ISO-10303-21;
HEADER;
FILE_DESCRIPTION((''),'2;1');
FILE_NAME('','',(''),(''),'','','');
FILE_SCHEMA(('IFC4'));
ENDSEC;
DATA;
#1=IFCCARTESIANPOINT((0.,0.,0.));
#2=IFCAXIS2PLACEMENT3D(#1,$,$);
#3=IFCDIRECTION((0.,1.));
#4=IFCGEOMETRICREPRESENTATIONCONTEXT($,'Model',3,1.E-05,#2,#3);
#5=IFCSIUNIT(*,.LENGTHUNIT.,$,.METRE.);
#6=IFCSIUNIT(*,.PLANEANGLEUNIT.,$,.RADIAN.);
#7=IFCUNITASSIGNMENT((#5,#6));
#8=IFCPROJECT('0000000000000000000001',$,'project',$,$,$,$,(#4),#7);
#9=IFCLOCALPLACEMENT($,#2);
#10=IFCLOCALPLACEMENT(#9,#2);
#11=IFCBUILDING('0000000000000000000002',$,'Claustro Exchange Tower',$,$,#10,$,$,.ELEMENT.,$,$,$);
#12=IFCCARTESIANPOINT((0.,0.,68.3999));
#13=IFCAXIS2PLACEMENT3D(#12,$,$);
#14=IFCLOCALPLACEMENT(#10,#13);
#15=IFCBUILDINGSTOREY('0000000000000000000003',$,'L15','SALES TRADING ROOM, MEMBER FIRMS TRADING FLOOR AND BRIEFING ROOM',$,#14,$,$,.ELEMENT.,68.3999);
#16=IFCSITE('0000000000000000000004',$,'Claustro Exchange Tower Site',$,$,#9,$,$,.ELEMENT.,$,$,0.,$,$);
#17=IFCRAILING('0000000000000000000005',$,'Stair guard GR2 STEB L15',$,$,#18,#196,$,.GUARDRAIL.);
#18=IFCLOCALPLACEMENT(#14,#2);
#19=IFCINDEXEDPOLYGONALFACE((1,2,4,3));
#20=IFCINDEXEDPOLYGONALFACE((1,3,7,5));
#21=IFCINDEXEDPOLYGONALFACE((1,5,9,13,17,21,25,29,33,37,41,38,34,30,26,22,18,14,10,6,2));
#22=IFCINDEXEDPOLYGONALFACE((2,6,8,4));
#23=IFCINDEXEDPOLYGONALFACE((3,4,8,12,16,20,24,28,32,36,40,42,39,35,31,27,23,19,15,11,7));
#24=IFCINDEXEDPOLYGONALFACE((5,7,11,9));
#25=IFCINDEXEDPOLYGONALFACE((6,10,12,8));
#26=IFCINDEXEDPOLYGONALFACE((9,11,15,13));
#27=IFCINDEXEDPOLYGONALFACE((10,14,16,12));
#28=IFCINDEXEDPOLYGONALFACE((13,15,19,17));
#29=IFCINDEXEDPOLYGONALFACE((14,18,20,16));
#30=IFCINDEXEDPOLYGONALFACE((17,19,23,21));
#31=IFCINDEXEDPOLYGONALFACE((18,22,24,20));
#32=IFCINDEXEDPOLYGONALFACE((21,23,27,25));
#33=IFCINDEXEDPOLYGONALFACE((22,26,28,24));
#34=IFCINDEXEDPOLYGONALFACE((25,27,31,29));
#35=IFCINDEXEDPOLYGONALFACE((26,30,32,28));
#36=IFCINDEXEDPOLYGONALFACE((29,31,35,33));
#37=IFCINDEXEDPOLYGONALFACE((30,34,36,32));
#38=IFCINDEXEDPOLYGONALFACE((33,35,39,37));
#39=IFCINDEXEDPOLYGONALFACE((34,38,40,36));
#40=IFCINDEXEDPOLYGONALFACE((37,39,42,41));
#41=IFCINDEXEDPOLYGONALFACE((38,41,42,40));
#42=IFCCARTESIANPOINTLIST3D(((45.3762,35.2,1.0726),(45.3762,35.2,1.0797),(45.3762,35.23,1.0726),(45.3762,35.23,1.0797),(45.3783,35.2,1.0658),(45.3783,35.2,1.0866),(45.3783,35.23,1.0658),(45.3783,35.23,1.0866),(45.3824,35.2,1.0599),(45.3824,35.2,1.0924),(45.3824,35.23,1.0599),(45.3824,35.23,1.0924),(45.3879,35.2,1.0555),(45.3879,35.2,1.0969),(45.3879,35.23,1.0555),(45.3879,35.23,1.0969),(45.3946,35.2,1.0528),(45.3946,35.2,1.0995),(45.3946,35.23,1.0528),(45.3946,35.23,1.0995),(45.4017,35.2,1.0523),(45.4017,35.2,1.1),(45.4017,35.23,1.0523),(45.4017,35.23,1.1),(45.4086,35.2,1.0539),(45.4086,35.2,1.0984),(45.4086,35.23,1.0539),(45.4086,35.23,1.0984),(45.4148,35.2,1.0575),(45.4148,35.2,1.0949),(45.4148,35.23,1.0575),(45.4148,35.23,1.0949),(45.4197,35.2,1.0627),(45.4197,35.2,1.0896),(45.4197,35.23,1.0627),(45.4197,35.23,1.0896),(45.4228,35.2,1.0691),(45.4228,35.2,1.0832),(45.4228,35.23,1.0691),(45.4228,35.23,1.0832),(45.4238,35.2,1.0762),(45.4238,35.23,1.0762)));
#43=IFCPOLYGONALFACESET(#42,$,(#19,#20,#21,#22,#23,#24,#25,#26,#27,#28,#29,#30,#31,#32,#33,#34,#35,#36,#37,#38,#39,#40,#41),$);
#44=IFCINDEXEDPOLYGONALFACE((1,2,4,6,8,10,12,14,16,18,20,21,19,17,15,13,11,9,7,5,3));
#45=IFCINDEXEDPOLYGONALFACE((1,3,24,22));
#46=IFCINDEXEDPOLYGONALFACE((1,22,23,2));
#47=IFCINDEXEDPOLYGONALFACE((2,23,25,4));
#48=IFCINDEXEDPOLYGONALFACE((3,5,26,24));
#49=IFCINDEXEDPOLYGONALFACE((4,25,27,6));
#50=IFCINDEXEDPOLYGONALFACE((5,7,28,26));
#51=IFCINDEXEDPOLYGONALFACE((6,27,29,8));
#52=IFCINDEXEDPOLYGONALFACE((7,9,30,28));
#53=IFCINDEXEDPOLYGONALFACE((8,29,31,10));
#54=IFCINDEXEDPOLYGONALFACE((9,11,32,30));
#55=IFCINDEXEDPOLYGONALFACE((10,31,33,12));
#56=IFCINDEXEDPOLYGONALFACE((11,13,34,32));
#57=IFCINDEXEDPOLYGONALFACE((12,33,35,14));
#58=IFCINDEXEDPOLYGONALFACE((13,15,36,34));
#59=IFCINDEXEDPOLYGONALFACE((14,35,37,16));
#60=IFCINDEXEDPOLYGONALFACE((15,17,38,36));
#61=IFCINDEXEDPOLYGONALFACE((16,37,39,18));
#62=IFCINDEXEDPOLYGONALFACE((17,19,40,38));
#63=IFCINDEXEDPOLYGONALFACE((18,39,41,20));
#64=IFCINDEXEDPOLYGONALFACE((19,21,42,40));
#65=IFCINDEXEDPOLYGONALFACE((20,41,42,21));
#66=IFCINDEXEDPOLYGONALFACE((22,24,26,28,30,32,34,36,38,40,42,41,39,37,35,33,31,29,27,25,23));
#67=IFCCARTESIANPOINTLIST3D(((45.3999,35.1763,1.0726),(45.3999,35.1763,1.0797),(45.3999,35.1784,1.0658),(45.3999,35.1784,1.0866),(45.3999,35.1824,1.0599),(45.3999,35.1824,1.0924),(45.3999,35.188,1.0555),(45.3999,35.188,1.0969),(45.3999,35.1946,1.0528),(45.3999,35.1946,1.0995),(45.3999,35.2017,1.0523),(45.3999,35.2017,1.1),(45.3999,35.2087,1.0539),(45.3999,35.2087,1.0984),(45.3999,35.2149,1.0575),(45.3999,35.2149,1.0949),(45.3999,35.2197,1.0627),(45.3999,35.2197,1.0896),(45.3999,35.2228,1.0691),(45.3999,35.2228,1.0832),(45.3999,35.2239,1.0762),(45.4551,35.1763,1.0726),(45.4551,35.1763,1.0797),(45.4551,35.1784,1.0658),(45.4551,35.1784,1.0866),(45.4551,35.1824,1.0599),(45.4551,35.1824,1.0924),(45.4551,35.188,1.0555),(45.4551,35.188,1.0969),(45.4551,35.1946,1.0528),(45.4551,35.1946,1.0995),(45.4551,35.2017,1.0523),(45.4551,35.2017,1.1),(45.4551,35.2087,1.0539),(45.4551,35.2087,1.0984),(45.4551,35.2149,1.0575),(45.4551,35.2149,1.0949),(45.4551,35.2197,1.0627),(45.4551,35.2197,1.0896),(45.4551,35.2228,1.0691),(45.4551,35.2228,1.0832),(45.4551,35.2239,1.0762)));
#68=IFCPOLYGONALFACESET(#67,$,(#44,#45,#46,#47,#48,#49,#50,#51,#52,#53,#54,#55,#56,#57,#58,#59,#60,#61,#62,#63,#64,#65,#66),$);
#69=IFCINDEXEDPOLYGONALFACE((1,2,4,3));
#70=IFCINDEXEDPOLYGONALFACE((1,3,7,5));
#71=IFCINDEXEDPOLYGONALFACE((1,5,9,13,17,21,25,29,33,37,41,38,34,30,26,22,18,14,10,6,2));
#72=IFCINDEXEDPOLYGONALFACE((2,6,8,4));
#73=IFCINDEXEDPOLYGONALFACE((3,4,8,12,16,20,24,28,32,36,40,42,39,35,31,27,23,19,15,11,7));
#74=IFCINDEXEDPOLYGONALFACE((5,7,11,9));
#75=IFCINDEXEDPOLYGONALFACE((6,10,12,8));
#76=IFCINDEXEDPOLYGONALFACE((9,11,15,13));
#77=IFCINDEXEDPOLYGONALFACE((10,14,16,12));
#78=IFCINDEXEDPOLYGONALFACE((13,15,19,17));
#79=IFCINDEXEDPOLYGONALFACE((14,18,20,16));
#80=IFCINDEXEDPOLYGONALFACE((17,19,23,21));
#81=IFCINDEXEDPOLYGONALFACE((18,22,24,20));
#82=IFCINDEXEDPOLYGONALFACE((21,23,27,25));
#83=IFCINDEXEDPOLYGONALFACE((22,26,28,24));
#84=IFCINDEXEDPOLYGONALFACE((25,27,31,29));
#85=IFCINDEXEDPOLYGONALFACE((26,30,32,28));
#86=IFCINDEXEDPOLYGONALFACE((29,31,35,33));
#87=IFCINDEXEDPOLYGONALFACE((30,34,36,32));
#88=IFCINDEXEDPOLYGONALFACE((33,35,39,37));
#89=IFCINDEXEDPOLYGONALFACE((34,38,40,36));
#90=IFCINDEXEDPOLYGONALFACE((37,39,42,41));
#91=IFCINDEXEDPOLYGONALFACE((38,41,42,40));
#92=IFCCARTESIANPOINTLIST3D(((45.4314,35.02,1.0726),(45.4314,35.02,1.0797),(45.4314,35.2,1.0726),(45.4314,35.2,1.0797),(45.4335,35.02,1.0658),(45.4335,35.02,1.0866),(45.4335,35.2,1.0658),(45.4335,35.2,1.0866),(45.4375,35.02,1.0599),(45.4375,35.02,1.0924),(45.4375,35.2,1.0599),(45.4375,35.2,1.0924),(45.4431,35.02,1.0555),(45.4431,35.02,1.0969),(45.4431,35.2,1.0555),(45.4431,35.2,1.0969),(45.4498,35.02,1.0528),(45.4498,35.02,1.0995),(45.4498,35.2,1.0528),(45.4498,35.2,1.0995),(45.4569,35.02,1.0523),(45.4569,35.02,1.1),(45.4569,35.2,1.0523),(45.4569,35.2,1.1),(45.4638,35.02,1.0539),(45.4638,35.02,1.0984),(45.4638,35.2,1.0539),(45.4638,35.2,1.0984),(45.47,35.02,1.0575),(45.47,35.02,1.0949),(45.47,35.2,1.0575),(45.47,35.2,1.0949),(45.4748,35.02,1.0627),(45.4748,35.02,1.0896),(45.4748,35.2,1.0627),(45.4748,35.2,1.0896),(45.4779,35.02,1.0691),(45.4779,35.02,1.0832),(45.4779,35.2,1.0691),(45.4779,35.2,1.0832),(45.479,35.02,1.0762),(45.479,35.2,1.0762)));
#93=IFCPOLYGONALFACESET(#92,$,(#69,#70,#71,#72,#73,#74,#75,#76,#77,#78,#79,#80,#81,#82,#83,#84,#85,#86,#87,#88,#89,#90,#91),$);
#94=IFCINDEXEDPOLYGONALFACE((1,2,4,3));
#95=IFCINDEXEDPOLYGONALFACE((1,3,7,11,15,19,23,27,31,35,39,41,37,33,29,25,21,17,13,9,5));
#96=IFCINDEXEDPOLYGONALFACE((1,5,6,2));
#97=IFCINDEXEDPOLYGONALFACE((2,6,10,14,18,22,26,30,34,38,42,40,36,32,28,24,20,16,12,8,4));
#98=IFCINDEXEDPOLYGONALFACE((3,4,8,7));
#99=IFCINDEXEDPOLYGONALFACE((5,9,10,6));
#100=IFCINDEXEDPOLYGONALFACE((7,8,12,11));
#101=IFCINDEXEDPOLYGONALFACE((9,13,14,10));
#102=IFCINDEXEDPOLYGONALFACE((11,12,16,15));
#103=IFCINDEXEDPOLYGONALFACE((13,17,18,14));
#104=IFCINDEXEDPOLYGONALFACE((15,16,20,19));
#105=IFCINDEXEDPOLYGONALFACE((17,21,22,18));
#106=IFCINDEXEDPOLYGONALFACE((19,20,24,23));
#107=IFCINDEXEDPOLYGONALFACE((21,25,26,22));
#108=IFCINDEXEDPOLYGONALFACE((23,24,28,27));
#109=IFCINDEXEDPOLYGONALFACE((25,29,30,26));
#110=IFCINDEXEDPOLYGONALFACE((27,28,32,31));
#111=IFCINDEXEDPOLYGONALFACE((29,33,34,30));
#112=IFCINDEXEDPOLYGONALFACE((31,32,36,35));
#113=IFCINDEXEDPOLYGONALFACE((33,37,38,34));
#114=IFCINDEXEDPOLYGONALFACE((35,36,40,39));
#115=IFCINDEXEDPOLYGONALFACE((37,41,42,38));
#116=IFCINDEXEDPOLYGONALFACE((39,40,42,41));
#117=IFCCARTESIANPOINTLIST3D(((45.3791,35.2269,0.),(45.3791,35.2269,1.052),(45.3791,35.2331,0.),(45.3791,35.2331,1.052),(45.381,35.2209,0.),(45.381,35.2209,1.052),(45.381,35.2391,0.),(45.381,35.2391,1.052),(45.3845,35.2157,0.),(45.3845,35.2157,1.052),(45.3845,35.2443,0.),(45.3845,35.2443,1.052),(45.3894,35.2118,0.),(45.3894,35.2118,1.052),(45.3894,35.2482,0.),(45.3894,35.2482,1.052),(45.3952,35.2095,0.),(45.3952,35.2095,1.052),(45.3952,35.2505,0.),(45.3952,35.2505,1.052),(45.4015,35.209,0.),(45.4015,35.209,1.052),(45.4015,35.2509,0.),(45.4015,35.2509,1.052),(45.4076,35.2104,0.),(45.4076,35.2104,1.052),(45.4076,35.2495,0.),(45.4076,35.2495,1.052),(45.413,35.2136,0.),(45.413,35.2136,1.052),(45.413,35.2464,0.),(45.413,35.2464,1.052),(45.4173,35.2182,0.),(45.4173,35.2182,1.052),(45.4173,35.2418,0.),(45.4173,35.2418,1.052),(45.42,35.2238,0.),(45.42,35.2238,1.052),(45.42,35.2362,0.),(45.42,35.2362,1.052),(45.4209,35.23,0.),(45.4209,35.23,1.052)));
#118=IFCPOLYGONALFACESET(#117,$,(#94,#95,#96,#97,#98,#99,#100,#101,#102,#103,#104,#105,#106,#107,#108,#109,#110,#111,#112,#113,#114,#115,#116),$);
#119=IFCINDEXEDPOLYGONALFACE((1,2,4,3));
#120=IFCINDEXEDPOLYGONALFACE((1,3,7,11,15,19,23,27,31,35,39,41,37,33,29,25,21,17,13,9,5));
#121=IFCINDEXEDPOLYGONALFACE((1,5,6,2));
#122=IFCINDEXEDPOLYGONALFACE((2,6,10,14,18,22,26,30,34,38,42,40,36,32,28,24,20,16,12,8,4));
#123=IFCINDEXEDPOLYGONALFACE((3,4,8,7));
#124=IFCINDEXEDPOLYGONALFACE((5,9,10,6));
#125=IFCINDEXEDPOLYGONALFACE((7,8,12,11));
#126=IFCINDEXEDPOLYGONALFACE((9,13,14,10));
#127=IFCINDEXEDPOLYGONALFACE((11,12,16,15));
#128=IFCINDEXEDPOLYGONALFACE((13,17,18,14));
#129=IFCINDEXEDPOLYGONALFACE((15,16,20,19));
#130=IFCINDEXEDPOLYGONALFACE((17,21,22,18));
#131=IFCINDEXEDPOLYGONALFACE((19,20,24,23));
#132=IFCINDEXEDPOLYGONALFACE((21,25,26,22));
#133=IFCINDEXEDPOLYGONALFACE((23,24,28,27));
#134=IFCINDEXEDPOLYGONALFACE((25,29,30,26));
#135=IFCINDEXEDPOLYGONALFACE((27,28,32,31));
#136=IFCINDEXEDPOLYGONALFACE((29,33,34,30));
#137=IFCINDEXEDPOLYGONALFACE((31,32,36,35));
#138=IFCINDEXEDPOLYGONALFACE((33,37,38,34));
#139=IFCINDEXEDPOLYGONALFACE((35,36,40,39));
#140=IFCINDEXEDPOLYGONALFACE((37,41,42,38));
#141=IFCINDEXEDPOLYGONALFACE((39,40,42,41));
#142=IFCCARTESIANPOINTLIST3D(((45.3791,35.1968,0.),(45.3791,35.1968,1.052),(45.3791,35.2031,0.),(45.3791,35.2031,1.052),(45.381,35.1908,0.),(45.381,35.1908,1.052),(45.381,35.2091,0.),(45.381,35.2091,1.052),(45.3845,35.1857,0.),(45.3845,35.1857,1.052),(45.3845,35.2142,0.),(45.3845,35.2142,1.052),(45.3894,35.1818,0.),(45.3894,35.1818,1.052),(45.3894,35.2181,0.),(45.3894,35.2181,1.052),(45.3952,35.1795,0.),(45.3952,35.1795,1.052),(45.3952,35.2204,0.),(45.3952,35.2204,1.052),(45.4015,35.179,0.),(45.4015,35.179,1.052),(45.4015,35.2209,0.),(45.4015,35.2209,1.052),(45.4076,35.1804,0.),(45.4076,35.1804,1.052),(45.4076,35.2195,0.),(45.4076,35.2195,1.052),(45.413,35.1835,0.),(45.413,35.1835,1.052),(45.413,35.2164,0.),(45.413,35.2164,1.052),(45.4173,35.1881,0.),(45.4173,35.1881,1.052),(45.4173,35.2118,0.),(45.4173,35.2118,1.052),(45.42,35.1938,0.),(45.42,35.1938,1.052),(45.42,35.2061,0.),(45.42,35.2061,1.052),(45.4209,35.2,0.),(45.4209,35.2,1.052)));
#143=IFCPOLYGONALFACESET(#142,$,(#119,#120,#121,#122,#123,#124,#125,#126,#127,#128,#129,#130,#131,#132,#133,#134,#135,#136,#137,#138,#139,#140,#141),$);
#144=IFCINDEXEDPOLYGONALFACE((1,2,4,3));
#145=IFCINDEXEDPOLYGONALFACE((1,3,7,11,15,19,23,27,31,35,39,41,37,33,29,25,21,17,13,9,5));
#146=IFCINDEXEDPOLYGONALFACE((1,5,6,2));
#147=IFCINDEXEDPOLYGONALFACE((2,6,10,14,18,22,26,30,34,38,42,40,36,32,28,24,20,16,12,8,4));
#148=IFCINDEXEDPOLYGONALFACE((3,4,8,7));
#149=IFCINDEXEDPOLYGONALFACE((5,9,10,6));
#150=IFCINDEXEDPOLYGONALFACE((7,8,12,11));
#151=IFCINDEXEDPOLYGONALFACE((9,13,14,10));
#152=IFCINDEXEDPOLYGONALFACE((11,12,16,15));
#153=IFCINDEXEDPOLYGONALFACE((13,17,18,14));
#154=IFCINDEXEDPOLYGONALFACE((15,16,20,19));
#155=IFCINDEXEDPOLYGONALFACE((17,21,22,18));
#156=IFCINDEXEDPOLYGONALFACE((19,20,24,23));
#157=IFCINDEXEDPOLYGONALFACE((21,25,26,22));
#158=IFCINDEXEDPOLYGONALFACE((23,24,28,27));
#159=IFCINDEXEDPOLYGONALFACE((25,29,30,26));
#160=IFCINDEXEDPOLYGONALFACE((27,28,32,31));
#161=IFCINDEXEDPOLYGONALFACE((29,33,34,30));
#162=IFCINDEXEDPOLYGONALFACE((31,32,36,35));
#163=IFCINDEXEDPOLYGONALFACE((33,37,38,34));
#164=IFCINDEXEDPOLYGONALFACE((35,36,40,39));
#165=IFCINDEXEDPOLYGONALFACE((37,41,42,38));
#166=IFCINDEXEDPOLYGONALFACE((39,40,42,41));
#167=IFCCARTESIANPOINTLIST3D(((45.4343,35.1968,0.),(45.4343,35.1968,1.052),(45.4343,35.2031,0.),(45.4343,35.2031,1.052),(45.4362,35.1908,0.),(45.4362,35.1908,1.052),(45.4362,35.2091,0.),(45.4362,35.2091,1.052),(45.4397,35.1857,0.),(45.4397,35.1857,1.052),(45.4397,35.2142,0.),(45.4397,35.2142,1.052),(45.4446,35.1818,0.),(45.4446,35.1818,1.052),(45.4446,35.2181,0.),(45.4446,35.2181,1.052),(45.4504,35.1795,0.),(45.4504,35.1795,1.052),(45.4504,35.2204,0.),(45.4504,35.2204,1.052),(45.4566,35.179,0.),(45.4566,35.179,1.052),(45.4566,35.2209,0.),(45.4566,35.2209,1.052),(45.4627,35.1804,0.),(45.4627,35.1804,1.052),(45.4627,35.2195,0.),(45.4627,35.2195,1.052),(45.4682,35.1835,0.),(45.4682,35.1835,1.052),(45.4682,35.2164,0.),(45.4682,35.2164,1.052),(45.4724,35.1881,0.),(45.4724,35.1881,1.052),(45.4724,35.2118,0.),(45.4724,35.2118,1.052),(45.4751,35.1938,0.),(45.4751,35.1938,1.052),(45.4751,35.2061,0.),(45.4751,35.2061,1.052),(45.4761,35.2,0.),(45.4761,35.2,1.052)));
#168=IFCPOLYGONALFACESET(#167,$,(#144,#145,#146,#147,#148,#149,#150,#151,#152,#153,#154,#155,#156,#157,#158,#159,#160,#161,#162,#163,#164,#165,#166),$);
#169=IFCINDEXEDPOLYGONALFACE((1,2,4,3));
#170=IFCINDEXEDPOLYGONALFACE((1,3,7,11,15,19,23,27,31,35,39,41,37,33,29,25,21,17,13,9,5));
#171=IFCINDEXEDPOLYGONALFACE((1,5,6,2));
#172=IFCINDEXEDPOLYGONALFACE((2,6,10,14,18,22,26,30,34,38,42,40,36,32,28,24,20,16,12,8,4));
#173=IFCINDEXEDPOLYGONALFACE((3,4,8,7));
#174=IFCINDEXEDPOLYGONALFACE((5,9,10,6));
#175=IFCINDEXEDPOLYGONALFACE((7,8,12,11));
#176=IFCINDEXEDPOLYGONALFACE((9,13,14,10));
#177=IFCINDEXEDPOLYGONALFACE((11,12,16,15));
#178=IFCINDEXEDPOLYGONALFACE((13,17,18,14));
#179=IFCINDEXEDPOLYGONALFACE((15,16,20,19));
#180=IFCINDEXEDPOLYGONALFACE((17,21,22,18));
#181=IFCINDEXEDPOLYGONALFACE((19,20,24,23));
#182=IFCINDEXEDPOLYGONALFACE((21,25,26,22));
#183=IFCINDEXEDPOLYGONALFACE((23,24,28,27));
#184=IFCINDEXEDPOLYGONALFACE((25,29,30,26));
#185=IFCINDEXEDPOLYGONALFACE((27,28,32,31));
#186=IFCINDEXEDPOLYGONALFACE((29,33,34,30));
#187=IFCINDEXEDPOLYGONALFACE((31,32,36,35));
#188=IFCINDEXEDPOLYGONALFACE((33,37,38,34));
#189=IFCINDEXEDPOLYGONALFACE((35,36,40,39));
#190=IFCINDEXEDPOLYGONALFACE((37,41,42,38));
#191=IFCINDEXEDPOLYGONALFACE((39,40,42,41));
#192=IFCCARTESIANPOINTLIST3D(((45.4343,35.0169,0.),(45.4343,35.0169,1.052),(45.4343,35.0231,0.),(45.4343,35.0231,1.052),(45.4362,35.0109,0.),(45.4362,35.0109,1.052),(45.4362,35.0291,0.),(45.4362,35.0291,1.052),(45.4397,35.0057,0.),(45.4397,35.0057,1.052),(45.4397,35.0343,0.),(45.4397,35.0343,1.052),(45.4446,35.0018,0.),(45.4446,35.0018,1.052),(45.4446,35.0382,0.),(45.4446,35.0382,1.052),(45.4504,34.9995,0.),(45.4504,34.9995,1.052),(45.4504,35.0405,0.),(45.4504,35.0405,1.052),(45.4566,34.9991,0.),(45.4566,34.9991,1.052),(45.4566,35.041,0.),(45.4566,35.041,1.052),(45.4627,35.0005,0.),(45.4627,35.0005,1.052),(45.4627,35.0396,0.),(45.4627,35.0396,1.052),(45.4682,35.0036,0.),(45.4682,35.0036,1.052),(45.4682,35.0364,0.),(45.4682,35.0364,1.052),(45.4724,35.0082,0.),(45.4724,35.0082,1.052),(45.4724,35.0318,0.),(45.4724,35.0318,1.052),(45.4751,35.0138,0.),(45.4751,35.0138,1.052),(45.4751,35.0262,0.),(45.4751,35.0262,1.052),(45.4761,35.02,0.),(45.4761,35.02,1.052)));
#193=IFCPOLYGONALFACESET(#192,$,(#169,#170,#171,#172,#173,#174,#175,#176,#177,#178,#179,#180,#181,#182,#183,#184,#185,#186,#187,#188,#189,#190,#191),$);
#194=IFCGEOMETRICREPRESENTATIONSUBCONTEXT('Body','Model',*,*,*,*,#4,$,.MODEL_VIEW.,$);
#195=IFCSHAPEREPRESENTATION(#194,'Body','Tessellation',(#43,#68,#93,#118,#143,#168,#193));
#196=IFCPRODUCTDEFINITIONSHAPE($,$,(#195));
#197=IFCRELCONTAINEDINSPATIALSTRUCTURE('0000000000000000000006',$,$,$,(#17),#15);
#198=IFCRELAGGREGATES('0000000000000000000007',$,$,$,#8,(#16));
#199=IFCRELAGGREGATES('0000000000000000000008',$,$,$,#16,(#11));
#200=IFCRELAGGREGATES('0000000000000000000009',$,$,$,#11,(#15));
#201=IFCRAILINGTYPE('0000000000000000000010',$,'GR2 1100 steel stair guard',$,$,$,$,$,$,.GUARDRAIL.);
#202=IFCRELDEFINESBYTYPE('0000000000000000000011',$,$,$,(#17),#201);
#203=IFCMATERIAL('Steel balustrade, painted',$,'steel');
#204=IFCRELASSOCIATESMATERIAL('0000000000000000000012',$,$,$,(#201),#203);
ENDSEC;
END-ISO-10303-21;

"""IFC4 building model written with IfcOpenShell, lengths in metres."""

from ifc_helpers import new_model, si_unit, direction, frame, origin, origin_2d, place, context, subcontext, project, spatial, circle, extrude, material, type_object, element, save


model = new_model("IFC4")

# Units and contexts
model_context = context("Model", 3, precision=1e-05, world=origin(), true_north=direction((0.0, 1.0)))
body_context = subcontext(model_context, "Body", "Model", "MODEL_VIEW")
ifc_project = project(units=[si_unit("LENGTHUNIT", "METRE"), si_unit("PLANEANGLEUNIT", "RADIAN")], contexts=[model_context])

# Site, building, storey
site_placement = place(None, origin())
site = spatial("IfcSite", under=ifc_project, at=site_placement, Name="Claustro Exchange Tower Site", CompositionType="ELEMENT", RefElevation=0.0)
building_placement = place(site_placement, origin())
building = spatial("IfcBuilding", under=site, at=building_placement, Name="Claustro Exchange Tower", CompositionType="ELEMENT")
storey_placement = place(building_placement, frame((0.0, 0.0, 68.3999)))
storey = spatial("IfcBuildingStorey", under=building, at=storey_placement, Name="L15", Description="SALES TRADING ROOM, MEMBER FIRMS TRADING FLOOR AND BRIEFING ROOM", CompositionType="ELEMENT", Elevation=68.3999)

# Railing
ifc_material_1 = material(Name="Steel balustrade, painted", Category="steel")
railing_type_1 = type_object("IfcRailingType", Name="GR2 1100 steel stair guard", PredefinedType="GUARDRAIL", material=ifc_material_1)
railing_1_placement = place(storey_placement, frame((45.3999, 35.23, 0.0)))
element("IfcRailing", 1, at=railing_1_placement, inside=storey, type_object=railing_type_1, Name="Stair guard GR2 STEB L15", PredefinedType="GUARDRAIL", context=body_context, shape_type="SweptSolid", body=[
    extrude(circle(Radius=0.0239, at=origin_2d()), frame((0.0, 0.0, 1.0762), z_axis=(0.0, -1.0, 0.0), x_axis=(1.0, 0.0, 0.0)), (0.0, 0.0, 1.0), 0.03),
    extrude(circle(Radius=0.0239, at=origin_2d()), frame((0.0, -0.03, 1.0762), z_axis=(1.0, 0.0, 0.0), x_axis=(0.0, 1.0, 0.0)), (0.0, 0.0, 1.0), 0.0552),
    extrude(circle(Radius=0.0239, at=origin_2d()), frame((0.0552, -0.03, 1.0762), z_axis=(0.0, -1.0, 0.0), x_axis=(1.0, 0.0, 0.0)), (0.0, 0.0, 1.0), 0.1799),
    extrude(circle(Radius=0.021, at=origin_2d()), origin(), (0.0, 0.0, 1.0), 1.052),
    extrude(circle(Radius=0.021, at=origin_2d()), frame((0.0, -0.03, 0.0)), (0.0, 0.0, 1.0), 1.052),
    extrude(circle(Radius=0.021, at=origin_2d()), frame((0.0552, -0.03, 0.0)), (0.0, 0.0, 1.0), 1.052),
    extrude(circle(Radius=0.021, at=origin_2d()), frame((0.0552, -0.21, 0.0)), (0.0, 0.0, 1.0), 1.052),
])

save(model, "model.ifc")
